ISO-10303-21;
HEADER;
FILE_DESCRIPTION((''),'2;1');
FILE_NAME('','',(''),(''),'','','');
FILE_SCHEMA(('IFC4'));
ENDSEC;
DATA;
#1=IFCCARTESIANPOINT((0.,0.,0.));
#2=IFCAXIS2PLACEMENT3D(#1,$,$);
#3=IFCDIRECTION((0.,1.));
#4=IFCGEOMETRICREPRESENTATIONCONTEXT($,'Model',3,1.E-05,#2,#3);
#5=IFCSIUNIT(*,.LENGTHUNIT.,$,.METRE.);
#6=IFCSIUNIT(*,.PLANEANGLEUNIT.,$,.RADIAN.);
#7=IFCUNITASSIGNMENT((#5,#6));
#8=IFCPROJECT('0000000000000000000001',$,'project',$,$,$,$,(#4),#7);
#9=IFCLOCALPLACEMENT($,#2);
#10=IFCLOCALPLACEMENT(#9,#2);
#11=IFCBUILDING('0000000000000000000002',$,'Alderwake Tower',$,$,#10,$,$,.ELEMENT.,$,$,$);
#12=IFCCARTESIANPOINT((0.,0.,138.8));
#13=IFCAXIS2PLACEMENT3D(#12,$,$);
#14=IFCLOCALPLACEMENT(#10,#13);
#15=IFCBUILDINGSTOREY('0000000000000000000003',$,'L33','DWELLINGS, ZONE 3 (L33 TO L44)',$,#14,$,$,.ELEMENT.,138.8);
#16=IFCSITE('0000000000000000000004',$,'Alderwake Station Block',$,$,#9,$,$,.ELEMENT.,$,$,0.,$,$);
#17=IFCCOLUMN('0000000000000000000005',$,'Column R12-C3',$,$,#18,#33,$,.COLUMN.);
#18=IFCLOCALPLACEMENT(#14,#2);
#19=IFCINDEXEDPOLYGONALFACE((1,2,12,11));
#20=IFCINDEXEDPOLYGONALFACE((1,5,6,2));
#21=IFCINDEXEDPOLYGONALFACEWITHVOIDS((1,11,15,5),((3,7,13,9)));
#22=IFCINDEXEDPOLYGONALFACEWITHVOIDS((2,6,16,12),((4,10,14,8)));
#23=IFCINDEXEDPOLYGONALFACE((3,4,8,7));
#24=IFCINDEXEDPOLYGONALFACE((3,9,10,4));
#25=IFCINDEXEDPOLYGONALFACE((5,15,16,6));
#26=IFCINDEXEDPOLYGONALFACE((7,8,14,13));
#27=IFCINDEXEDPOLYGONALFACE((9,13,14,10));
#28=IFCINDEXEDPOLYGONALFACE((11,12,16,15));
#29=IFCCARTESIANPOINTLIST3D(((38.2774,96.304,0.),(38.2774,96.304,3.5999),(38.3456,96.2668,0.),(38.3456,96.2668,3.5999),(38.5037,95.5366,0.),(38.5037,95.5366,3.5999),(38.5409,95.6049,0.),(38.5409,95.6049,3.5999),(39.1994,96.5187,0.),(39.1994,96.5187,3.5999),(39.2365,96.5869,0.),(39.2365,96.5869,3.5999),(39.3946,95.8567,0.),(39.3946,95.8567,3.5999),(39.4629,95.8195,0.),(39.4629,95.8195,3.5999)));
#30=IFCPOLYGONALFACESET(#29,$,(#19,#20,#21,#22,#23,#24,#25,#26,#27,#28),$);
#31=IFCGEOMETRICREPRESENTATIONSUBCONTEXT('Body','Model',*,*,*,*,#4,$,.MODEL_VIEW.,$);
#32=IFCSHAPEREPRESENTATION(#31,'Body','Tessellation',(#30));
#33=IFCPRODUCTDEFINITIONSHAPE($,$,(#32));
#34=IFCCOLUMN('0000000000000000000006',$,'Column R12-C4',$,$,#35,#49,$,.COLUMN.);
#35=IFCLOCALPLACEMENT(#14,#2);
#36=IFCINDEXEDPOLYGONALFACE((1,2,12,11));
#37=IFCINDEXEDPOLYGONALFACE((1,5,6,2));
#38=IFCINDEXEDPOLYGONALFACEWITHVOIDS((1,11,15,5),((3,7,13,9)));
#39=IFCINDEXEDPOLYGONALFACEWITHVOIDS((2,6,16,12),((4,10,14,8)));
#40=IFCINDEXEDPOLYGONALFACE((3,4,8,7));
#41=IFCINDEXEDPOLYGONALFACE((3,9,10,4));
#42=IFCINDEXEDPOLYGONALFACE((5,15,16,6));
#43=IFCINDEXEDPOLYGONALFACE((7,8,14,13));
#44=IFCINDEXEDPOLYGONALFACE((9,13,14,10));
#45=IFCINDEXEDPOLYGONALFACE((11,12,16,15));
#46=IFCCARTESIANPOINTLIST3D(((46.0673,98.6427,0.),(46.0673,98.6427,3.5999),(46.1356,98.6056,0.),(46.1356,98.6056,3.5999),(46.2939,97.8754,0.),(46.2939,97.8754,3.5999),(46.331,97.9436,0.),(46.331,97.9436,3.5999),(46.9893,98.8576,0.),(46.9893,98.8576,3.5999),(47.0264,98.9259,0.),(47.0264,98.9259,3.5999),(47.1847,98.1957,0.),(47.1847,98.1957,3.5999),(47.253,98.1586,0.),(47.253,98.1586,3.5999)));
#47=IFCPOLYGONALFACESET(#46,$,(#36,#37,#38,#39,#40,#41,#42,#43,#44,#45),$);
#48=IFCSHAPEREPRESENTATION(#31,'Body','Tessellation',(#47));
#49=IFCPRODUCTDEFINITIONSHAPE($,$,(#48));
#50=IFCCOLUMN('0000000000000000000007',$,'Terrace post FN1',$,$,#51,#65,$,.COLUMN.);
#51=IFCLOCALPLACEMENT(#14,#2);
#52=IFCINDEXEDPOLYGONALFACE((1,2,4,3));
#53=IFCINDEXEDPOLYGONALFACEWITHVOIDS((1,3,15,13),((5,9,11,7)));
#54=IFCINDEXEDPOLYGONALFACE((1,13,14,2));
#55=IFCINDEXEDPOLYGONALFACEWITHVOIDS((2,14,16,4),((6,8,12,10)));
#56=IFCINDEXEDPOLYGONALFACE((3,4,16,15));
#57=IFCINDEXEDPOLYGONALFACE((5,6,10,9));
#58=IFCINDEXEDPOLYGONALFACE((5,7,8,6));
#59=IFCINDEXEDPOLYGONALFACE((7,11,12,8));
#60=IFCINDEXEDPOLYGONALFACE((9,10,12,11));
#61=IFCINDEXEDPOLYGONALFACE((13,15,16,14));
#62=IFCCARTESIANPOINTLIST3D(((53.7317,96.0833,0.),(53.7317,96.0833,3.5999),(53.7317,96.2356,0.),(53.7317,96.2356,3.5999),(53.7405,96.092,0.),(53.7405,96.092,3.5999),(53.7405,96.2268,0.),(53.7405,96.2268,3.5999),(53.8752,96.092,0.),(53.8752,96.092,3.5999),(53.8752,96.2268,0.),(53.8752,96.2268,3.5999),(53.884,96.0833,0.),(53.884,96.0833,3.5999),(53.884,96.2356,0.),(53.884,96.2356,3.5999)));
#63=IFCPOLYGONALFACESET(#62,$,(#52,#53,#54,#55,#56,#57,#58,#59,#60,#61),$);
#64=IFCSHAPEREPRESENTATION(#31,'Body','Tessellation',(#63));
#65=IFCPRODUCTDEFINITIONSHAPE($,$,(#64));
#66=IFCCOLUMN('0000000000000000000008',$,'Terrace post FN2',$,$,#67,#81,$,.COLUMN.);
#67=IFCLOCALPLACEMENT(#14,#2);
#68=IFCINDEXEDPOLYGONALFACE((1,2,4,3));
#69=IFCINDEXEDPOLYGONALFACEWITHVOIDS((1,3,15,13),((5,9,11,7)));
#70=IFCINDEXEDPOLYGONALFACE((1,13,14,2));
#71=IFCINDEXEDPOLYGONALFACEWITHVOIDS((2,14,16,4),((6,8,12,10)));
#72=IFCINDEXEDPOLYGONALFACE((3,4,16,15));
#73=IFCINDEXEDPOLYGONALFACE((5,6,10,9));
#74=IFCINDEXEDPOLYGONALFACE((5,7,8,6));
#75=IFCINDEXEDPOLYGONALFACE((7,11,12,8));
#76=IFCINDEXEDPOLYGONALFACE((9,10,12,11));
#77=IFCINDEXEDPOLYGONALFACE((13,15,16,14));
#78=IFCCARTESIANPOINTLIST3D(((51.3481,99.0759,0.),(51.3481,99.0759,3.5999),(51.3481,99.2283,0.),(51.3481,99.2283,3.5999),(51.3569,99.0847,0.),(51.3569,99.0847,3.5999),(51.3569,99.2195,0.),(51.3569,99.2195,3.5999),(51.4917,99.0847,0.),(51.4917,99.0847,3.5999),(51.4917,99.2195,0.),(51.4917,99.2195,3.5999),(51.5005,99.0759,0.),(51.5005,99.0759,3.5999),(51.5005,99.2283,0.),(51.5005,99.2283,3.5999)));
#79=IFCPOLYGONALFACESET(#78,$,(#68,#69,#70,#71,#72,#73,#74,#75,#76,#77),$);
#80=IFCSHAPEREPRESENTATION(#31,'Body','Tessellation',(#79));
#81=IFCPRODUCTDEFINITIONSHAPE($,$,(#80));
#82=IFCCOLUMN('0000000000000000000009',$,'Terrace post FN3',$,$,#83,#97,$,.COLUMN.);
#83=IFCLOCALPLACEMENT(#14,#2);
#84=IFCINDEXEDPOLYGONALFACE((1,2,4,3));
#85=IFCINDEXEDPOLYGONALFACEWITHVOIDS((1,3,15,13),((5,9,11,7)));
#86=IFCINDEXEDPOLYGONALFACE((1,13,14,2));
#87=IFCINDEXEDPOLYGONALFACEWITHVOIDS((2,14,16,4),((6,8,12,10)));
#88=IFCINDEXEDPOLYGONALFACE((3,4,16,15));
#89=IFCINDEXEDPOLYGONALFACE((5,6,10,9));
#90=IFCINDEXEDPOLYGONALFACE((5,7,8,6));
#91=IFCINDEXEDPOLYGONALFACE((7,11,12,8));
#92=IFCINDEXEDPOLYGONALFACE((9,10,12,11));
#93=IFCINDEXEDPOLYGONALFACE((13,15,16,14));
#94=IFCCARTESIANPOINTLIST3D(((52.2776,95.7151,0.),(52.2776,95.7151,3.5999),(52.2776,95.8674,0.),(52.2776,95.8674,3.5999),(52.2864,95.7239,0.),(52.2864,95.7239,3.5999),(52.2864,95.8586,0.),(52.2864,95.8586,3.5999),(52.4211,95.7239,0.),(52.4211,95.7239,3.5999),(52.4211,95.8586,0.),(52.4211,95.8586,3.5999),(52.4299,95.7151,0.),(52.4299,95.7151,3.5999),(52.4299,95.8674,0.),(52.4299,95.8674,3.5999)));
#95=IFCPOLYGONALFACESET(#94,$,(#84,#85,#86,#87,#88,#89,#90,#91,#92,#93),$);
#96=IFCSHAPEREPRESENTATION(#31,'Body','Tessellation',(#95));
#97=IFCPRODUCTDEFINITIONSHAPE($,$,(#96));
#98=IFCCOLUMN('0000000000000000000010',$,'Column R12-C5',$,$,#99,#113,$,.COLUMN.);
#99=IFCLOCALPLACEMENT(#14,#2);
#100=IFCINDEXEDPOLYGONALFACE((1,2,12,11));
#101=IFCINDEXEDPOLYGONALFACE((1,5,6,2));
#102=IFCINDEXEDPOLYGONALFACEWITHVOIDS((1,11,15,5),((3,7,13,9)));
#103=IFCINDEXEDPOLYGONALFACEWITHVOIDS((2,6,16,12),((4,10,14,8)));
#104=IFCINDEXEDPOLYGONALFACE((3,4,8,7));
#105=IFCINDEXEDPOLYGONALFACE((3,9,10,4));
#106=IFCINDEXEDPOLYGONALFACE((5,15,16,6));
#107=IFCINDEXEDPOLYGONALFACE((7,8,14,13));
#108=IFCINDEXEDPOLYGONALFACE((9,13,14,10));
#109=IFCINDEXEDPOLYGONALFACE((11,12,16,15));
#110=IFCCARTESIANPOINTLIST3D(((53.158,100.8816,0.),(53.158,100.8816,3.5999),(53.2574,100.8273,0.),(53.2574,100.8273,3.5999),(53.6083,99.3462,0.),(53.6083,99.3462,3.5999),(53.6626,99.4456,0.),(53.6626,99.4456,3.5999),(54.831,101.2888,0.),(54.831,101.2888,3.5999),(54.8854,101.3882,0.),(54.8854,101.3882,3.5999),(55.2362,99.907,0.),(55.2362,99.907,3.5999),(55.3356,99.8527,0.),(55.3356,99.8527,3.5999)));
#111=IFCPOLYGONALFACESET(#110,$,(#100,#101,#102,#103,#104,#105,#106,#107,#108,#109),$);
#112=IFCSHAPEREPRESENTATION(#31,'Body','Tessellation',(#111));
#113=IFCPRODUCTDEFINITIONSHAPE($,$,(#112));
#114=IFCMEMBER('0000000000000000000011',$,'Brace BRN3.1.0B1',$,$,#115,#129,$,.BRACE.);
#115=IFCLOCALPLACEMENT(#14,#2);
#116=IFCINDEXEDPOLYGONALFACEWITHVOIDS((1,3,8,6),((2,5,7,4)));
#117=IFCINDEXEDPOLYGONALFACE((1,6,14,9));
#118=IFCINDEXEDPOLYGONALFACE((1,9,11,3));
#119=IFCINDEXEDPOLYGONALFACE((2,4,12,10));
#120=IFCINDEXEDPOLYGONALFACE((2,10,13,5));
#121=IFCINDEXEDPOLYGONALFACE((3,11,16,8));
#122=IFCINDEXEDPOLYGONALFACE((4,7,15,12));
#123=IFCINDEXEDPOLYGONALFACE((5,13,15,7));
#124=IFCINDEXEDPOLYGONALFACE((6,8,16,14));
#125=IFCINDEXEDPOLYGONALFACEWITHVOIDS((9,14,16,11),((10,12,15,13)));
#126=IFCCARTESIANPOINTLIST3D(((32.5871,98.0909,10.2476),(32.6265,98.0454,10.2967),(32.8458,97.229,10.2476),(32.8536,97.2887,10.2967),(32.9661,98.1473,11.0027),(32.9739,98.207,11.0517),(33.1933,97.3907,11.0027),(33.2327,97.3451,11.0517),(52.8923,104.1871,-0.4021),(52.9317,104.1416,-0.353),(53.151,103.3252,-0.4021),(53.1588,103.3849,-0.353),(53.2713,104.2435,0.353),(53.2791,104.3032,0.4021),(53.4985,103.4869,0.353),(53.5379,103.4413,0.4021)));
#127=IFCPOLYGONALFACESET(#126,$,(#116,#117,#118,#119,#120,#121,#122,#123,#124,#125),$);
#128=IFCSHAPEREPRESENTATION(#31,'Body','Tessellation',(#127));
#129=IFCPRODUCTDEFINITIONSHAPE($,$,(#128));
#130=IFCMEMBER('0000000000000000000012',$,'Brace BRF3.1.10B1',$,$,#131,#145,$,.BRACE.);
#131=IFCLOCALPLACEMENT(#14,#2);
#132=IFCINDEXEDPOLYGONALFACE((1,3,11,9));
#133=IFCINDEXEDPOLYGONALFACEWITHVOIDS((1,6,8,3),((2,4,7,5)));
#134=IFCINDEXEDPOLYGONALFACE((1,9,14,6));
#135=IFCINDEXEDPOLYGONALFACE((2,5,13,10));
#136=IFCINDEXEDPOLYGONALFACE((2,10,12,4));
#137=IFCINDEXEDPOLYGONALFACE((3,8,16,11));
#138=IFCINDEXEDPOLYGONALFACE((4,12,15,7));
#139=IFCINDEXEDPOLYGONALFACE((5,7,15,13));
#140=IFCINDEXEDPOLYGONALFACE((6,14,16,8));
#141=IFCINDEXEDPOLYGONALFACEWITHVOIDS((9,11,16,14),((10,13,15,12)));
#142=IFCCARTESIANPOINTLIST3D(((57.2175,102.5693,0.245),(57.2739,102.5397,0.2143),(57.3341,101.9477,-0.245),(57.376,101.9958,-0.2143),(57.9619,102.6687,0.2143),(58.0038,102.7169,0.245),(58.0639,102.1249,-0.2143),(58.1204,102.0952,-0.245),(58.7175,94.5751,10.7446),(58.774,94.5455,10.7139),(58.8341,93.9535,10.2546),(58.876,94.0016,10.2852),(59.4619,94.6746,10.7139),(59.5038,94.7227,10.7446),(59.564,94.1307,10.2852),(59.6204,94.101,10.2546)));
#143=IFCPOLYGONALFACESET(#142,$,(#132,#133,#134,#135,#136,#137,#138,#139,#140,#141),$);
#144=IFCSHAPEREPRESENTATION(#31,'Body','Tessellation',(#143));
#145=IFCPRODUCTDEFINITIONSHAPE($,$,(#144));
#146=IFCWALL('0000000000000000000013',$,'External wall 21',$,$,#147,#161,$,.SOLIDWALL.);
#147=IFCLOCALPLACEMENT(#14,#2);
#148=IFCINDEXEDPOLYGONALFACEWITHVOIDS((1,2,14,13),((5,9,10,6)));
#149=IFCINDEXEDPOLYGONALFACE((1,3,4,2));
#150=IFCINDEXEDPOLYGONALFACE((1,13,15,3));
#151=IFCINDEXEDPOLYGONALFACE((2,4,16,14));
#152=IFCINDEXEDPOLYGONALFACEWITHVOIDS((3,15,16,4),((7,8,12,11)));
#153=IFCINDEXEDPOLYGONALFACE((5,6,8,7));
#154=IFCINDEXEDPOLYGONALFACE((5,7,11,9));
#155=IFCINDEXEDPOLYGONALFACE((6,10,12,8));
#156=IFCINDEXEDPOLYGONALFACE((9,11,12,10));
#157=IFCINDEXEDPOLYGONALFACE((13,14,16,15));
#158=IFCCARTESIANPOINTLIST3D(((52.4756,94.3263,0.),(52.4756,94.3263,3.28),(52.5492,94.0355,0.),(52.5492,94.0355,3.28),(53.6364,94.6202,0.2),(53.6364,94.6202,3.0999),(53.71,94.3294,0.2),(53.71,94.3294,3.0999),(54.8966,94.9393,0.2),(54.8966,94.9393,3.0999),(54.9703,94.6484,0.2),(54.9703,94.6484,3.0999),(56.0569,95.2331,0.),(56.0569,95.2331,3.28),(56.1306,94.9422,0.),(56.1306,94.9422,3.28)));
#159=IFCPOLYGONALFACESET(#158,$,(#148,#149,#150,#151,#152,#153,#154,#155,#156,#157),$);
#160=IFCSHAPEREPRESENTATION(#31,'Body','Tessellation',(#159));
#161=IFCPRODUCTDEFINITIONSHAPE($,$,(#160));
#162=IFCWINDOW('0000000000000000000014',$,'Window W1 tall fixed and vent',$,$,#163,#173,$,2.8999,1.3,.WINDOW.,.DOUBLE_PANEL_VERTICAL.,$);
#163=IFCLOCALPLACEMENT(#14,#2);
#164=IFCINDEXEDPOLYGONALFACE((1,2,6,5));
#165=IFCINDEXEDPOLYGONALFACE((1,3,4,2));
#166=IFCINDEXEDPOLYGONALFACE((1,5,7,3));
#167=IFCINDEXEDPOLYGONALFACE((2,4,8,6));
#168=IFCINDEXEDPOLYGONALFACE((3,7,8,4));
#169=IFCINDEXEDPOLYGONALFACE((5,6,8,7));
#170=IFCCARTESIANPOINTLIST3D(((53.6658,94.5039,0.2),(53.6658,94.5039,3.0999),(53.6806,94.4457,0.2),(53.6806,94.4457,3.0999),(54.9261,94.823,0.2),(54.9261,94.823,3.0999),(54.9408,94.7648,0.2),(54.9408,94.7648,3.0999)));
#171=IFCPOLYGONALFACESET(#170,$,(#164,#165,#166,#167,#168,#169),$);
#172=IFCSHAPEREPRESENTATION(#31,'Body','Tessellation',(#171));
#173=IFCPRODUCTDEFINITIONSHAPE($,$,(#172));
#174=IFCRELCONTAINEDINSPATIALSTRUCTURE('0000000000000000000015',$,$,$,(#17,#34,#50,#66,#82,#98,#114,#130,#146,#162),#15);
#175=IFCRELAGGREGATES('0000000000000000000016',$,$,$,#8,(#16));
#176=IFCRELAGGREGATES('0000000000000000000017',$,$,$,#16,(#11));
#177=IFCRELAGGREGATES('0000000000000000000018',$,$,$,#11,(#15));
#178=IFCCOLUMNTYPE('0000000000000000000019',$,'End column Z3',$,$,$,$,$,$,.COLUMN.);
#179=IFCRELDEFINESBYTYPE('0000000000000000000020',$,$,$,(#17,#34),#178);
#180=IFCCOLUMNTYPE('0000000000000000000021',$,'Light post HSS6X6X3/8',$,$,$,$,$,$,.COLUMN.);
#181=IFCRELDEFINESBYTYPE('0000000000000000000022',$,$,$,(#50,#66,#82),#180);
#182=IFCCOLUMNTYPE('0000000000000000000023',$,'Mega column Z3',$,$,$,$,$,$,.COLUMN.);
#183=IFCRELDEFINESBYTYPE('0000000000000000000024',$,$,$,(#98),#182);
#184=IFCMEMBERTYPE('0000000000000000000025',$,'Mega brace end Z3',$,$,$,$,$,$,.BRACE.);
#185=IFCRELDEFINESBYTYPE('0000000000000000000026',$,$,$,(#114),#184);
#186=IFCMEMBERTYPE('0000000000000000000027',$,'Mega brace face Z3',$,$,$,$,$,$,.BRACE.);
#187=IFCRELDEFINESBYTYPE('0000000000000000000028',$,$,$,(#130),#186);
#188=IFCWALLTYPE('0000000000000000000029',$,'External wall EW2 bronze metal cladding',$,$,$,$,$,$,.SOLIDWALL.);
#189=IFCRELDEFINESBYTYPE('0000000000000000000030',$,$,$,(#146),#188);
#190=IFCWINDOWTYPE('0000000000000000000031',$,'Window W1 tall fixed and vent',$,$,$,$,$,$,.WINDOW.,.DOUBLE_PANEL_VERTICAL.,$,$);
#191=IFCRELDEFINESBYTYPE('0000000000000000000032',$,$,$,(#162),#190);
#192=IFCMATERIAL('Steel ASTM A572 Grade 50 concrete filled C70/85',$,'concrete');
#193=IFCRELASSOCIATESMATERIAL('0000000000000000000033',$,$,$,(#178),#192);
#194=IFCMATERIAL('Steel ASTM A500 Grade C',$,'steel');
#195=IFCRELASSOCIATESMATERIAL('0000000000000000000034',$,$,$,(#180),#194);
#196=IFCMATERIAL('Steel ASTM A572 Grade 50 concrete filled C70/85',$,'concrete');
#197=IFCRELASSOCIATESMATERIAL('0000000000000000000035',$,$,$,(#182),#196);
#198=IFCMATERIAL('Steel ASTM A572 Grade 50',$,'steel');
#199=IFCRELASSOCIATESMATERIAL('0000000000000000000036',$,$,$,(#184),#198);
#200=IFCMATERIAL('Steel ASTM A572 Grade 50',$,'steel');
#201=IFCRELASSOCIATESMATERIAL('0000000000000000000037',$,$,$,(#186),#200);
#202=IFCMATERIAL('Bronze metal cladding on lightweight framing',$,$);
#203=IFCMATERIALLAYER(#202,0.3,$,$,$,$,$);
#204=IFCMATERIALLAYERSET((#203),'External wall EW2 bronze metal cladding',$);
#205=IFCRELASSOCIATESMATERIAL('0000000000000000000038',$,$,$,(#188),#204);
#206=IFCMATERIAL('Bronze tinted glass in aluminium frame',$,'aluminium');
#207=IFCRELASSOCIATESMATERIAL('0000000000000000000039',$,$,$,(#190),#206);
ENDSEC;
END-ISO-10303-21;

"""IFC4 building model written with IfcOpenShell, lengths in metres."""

from ifc_helpers import new_model, si_unit, direction, frame, frame_2d, origin, origin_2d, place, context, subcontext, project, spatial, rectangle, hollow_rectangle, extrude, material, layer, layer_set, material_profile, profile_set, type_object, element, fill, save


model = new_model("IFC4")

# Units and contexts
model_context = context("Model", 3, precision=1e-05, world=origin(), true_north=direction((0.0, 1.0)))
body_context = subcontext(model_context, "Body", "Model", "MODEL_VIEW")
ifc_project = project(units=[si_unit("LENGTHUNIT", "METRE"), si_unit("PLANEANGLEUNIT", "RADIAN")], contexts=[model_context])

# Site, building, storey
site_placement = place(None, origin())
site = spatial("IfcSite", under=ifc_project, at=site_placement, Name="Alderwake Station Block", CompositionType="ELEMENT", RefElevation=0.0)
building_placement = place(site_placement, origin())
building = spatial("IfcBuilding", under=site, at=building_placement, Name="Alderwake Tower", CompositionType="ELEMENT")
storey_placement = place(building_placement, frame((0.0, 0.0, 138.8)))
storey = spatial("IfcBuildingStorey", under=building, at=storey_placement, Name="L33", Description="DWELLINGS, ZONE 3 (L33 TO L44)", CompositionType="ELEMENT", Elevation=138.8)

# Columns
ifc_material_1 = material(Name="Steel ASTM A572 Grade 50 concrete filled C70/85", Category="concrete")
ifc_material_profile_1 = material_profile(ifc_material_1, hollow_rectangle(XDim=0.8, YDim=1.0, WallThickness=0.0549, at=origin_2d()), Name="BOX 1000X800X55")
ifc_profile_set_1 = profile_set([ifc_material_profile_1], Name="Steel ASTM A572 Grade 50 concrete filled C70/85")
column_type_1 = type_object("IfcColumnType", Name="End column Z3", PredefinedType="COLUMN", material=ifc_profile_set_1)
for number, where, z_axis, x_axis, name in (
    (1, (38.8701, 96.0618, 0.0), (0.0, 0.0, 1.0), (-0.282909, 0.959147, 0.0), "Column R12-C3"),
    (2, (46.6602, 98.4006, 0.0), (0.0, 0.0, 1.0), (-0.283195, 0.959062, 0.0), "Column R12-C4"),
):
    element("IfcColumn", number, at=place(storey_placement, frame(where, z_axis=z_axis, x_axis=x_axis)), inside=storey, type_object=column_type_1, Name=name, PredefinedType="COLUMN", context=body_context, shape_type="SweptSolid", body=[
        extrude(hollow_rectangle(XDim=0.8, YDim=1.0, WallThickness=0.0549, at=origin_2d()), origin(), (0.0, 0.0, 1.0), 3.5999),
    ])
ifc_material_2 = material(Name="Steel ASTM A500 Grade C", Category="steel")
ifc_material_profile_2 = material_profile(ifc_material_2, hollow_rectangle(XDim=0.1523, YDim=0.1523, WallThickness=0.0088, at=origin_2d()), Name="HSS6X6X3/8")
ifc_profile_set_2 = profile_set([ifc_material_profile_2], Name="Steel ASTM A500 Grade C")
column_type_2 = type_object("IfcColumnType", Name="Light post HSS6X6X3/8", PredefinedType="COLUMN", material=ifc_profile_set_2)
for number, where, z_axis, x_axis, name in (
    (3, (53.8079, 96.1594, 0.0), (0.0, 0.0, 1.0), (1.0, 0.0, 0.0), "Terrace post FN1"),
    (4, (51.4243, 99.1521, 0.0), (0.0, 0.0, 1.0), (1.0, 0.0, 0.0), "Terrace post FN2"),
    (5, (52.3538, 95.7913, 0.0), (0.0, 0.0, 1.0), (1.0, 0.0, 0.0), "Terrace post FN3"),
):
    element("IfcColumn", number, at=place(storey_placement, frame(where, z_axis=z_axis, x_axis=x_axis)), inside=storey, type_object=column_type_2, Name=name, PredefinedType="COLUMN", context=body_context, shape_type="SweptSolid", body=[
        extrude(hollow_rectangle(XDim=0.1523, YDim=0.1523, WallThickness=0.0088, at=origin_2d()), origin(), (0.0, 0.0, 1.0), 3.5999),
    ])
ifc_material_3 = material(Name="Steel ASTM A572 Grade 50 concrete filled C70/85", Category="concrete")
ifc_material_profile_3 = material_profile(ifc_material_3, hollow_rectangle(XDim=1.6001, YDim=1.8, WallThickness=0.0801, at=origin_2d()), Name="BOX 1800X1600X80")
ifc_profile_set_3 = profile_set([ifc_material_profile_3], Name="Steel ASTM A572 Grade 50 concrete filled C70/85")
column_type_3 = type_object("IfcColumnType", Name="Mega column Z3", PredefinedType="COLUMN", material=ifc_profile_set_3)
column_placement = place(storey_placement, frame((54.2468, 100.3672, 0.0), z_axis=(0.0, 0.0, 1.0), x_axis=(-0.281395, 0.959592, 0.0)))
element("IfcColumn", 6, at=column_placement, inside=storey, type_object=column_type_3, Name="Column R12-C5", PredefinedType="COLUMN", context=body_context, shape_type="SweptSolid", body=[
    extrude(hollow_rectangle(XDim=1.6001, YDim=1.8, WallThickness=0.0801, at=origin_2d()), origin(), (0.0, 0.0, 1.0), 3.5999),
])

# Members
ifc_material_4 = material(Name="Steel ASTM A572 Grade 50", Category="steel")
ifc_material_profile_4 = material_profile(ifc_material_4, hollow_rectangle(XDim=0.8999, YDim=0.8999, WallThickness=0.0549, at=origin_2d()), Name="BOX 900X900X55")
ifc_profile_set_4 = profile_set([ifc_material_profile_4], Name="Steel ASTM A572 Grade 50")
member_type_1 = type_object("IfcMemberType", Name="Mega brace end Z3", PredefinedType="BRACE", material=ifc_profile_set_4)
member_1_placement = place(storey_placement, frame((53.2151, 103.8142, 0.0), z_axis=(-0.855853, -0.256951, 0.448878), x_axis=(0.287549, -0.957766, 0.0)))
element("IfcMember", 7, at=member_1_placement, inside=storey, type_object=member_type_1, Name="Brace BRN3.1.0B1", PredefinedType="BRACE", context=body_context, shape_type="SweptSolid", body=[
    extrude(hollow_rectangle(XDim=0.8999, YDim=0.8999, WallThickness=0.0549, at=origin_2d()), origin(), (0.0, 0.0, 1.0), 23.7251),
])
ifc_material_5 = material(Name="Steel ASTM A572 Grade 50", Category="steel")
ifc_material_profile_5 = material_profile(ifc_material_5, hollow_rectangle(XDim=0.8, YDim=0.8, WallThickness=0.05, at=origin_2d()), Name="BOX 800X800X50")
ifc_profile_set_5 = profile_set([ifc_material_profile_5], Name="Steel ASTM A572 Grade 50")
member_type_2 = type_object("IfcMemberType", Name="Mega brace face Z3", PredefinedType="BRACE", material=ifc_profile_set_5)
member_2_placement = place(storey_placement, frame((57.6689, 102.3323, 0.0), z_axis=(0.11294, -0.601904, 0.790542), x_axis=(0.982848, 0.184419, 0.0)))
element("IfcMember", 8, at=member_2_placement, inside=storey, type_object=member_type_2, Name="Brace BRF3.1.10B1", PredefinedType="BRACE", context=body_context, shape_type="SweptSolid", body=[
    extrude(hollow_rectangle(XDim=0.8, YDim=0.8, WallThickness=0.05, at=origin_2d()), origin(), (0.0, 0.0, 1.0), 13.2815),
])

# Wall, opening, window
ifc_material_6 = material(Name="Bronze metal cladding on lightweight framing")
ifc_layer_1 = layer(ifc_material_6, 0.3)
ifc_layer_set_1 = layer_set([ifc_layer_1], Name="External wall EW2 bronze metal cladding")
wall_type = type_object("IfcWallType", Name="External wall EW2 bronze metal cladding", PredefinedType="SOLIDWALL", material=ifc_layer_set_1)
wall_1_placement = place(storey_placement, frame((56.0938, 95.0876, 0.0), z_axis=(0.0, 0.0, 1.0), x_axis=(-0.969411, -0.245442, 0.0)))
wall_1 = element("IfcWall", 9, at=wall_1_placement, inside=storey, type_object=wall_type, Name="External wall 21", PredefinedType="SOLIDWALL", context=body_context, shape_type="SweptSolid", body=[
    extrude(rectangle(XDim=3.6943, YDim=0.3, at=frame_2d((1.8472, 0.0))), origin(), (0.0, 0.0, 1.0), 3.28),
])
opening_1_placement = place(wall_1_placement, frame((1.197, 0.0, 0.2)))
opening_1 = element("IfcOpeningElement", 10, at=opening_1_placement, cuts=wall_1, PredefinedType="OPENING", context=body_context, shape_type="SweptSolid", body=[
    extrude(rectangle(XDim=1.3, YDim=2.8999, at=frame_2d((0.6499, 1.45))), frame((0.0, 0.1599, 0.0), z_axis=(0.0, -1.0, 0.0), x_axis=(1.0, 0.0, 0.0)), (0.0, 0.0, 1.0), 0.3201),
])
ifc_material_7 = material(Name="Bronze tinted glass in aluminium frame", Category="aluminium")
window_type_1 = type_object("IfcWindowType", Name="Window W1 tall fixed and vent", PartitioningType="DOUBLE_PANEL_VERTICAL", PredefinedType="WINDOW", material=ifc_material_7)
window_1_placement = place(opening_1_placement, origin())
window_1 = element("IfcWindow", 11, at=window_1_placement, inside=storey, type_object=window_type_1, Name="Window W1 tall fixed and vent", OverallHeight=2.8999, OverallWidth=1.3, PartitioningType="DOUBLE_PANEL_VERTICAL", PredefinedType="WINDOW", context=body_context, shape_type="SweptSolid", body=[
    extrude(rectangle(XDim=1.3, YDim=2.8999, at=frame_2d((0.6499, 1.45))), frame((0.0, 0.03, 0.0), z_axis=(0.0, -1.0, 0.0), x_axis=(1.0, 0.0, 0.0)), (0.0, 0.0, 1.0), 0.0601),
])
fill(opening_1, window_1)

save(model, "model.ifc")
